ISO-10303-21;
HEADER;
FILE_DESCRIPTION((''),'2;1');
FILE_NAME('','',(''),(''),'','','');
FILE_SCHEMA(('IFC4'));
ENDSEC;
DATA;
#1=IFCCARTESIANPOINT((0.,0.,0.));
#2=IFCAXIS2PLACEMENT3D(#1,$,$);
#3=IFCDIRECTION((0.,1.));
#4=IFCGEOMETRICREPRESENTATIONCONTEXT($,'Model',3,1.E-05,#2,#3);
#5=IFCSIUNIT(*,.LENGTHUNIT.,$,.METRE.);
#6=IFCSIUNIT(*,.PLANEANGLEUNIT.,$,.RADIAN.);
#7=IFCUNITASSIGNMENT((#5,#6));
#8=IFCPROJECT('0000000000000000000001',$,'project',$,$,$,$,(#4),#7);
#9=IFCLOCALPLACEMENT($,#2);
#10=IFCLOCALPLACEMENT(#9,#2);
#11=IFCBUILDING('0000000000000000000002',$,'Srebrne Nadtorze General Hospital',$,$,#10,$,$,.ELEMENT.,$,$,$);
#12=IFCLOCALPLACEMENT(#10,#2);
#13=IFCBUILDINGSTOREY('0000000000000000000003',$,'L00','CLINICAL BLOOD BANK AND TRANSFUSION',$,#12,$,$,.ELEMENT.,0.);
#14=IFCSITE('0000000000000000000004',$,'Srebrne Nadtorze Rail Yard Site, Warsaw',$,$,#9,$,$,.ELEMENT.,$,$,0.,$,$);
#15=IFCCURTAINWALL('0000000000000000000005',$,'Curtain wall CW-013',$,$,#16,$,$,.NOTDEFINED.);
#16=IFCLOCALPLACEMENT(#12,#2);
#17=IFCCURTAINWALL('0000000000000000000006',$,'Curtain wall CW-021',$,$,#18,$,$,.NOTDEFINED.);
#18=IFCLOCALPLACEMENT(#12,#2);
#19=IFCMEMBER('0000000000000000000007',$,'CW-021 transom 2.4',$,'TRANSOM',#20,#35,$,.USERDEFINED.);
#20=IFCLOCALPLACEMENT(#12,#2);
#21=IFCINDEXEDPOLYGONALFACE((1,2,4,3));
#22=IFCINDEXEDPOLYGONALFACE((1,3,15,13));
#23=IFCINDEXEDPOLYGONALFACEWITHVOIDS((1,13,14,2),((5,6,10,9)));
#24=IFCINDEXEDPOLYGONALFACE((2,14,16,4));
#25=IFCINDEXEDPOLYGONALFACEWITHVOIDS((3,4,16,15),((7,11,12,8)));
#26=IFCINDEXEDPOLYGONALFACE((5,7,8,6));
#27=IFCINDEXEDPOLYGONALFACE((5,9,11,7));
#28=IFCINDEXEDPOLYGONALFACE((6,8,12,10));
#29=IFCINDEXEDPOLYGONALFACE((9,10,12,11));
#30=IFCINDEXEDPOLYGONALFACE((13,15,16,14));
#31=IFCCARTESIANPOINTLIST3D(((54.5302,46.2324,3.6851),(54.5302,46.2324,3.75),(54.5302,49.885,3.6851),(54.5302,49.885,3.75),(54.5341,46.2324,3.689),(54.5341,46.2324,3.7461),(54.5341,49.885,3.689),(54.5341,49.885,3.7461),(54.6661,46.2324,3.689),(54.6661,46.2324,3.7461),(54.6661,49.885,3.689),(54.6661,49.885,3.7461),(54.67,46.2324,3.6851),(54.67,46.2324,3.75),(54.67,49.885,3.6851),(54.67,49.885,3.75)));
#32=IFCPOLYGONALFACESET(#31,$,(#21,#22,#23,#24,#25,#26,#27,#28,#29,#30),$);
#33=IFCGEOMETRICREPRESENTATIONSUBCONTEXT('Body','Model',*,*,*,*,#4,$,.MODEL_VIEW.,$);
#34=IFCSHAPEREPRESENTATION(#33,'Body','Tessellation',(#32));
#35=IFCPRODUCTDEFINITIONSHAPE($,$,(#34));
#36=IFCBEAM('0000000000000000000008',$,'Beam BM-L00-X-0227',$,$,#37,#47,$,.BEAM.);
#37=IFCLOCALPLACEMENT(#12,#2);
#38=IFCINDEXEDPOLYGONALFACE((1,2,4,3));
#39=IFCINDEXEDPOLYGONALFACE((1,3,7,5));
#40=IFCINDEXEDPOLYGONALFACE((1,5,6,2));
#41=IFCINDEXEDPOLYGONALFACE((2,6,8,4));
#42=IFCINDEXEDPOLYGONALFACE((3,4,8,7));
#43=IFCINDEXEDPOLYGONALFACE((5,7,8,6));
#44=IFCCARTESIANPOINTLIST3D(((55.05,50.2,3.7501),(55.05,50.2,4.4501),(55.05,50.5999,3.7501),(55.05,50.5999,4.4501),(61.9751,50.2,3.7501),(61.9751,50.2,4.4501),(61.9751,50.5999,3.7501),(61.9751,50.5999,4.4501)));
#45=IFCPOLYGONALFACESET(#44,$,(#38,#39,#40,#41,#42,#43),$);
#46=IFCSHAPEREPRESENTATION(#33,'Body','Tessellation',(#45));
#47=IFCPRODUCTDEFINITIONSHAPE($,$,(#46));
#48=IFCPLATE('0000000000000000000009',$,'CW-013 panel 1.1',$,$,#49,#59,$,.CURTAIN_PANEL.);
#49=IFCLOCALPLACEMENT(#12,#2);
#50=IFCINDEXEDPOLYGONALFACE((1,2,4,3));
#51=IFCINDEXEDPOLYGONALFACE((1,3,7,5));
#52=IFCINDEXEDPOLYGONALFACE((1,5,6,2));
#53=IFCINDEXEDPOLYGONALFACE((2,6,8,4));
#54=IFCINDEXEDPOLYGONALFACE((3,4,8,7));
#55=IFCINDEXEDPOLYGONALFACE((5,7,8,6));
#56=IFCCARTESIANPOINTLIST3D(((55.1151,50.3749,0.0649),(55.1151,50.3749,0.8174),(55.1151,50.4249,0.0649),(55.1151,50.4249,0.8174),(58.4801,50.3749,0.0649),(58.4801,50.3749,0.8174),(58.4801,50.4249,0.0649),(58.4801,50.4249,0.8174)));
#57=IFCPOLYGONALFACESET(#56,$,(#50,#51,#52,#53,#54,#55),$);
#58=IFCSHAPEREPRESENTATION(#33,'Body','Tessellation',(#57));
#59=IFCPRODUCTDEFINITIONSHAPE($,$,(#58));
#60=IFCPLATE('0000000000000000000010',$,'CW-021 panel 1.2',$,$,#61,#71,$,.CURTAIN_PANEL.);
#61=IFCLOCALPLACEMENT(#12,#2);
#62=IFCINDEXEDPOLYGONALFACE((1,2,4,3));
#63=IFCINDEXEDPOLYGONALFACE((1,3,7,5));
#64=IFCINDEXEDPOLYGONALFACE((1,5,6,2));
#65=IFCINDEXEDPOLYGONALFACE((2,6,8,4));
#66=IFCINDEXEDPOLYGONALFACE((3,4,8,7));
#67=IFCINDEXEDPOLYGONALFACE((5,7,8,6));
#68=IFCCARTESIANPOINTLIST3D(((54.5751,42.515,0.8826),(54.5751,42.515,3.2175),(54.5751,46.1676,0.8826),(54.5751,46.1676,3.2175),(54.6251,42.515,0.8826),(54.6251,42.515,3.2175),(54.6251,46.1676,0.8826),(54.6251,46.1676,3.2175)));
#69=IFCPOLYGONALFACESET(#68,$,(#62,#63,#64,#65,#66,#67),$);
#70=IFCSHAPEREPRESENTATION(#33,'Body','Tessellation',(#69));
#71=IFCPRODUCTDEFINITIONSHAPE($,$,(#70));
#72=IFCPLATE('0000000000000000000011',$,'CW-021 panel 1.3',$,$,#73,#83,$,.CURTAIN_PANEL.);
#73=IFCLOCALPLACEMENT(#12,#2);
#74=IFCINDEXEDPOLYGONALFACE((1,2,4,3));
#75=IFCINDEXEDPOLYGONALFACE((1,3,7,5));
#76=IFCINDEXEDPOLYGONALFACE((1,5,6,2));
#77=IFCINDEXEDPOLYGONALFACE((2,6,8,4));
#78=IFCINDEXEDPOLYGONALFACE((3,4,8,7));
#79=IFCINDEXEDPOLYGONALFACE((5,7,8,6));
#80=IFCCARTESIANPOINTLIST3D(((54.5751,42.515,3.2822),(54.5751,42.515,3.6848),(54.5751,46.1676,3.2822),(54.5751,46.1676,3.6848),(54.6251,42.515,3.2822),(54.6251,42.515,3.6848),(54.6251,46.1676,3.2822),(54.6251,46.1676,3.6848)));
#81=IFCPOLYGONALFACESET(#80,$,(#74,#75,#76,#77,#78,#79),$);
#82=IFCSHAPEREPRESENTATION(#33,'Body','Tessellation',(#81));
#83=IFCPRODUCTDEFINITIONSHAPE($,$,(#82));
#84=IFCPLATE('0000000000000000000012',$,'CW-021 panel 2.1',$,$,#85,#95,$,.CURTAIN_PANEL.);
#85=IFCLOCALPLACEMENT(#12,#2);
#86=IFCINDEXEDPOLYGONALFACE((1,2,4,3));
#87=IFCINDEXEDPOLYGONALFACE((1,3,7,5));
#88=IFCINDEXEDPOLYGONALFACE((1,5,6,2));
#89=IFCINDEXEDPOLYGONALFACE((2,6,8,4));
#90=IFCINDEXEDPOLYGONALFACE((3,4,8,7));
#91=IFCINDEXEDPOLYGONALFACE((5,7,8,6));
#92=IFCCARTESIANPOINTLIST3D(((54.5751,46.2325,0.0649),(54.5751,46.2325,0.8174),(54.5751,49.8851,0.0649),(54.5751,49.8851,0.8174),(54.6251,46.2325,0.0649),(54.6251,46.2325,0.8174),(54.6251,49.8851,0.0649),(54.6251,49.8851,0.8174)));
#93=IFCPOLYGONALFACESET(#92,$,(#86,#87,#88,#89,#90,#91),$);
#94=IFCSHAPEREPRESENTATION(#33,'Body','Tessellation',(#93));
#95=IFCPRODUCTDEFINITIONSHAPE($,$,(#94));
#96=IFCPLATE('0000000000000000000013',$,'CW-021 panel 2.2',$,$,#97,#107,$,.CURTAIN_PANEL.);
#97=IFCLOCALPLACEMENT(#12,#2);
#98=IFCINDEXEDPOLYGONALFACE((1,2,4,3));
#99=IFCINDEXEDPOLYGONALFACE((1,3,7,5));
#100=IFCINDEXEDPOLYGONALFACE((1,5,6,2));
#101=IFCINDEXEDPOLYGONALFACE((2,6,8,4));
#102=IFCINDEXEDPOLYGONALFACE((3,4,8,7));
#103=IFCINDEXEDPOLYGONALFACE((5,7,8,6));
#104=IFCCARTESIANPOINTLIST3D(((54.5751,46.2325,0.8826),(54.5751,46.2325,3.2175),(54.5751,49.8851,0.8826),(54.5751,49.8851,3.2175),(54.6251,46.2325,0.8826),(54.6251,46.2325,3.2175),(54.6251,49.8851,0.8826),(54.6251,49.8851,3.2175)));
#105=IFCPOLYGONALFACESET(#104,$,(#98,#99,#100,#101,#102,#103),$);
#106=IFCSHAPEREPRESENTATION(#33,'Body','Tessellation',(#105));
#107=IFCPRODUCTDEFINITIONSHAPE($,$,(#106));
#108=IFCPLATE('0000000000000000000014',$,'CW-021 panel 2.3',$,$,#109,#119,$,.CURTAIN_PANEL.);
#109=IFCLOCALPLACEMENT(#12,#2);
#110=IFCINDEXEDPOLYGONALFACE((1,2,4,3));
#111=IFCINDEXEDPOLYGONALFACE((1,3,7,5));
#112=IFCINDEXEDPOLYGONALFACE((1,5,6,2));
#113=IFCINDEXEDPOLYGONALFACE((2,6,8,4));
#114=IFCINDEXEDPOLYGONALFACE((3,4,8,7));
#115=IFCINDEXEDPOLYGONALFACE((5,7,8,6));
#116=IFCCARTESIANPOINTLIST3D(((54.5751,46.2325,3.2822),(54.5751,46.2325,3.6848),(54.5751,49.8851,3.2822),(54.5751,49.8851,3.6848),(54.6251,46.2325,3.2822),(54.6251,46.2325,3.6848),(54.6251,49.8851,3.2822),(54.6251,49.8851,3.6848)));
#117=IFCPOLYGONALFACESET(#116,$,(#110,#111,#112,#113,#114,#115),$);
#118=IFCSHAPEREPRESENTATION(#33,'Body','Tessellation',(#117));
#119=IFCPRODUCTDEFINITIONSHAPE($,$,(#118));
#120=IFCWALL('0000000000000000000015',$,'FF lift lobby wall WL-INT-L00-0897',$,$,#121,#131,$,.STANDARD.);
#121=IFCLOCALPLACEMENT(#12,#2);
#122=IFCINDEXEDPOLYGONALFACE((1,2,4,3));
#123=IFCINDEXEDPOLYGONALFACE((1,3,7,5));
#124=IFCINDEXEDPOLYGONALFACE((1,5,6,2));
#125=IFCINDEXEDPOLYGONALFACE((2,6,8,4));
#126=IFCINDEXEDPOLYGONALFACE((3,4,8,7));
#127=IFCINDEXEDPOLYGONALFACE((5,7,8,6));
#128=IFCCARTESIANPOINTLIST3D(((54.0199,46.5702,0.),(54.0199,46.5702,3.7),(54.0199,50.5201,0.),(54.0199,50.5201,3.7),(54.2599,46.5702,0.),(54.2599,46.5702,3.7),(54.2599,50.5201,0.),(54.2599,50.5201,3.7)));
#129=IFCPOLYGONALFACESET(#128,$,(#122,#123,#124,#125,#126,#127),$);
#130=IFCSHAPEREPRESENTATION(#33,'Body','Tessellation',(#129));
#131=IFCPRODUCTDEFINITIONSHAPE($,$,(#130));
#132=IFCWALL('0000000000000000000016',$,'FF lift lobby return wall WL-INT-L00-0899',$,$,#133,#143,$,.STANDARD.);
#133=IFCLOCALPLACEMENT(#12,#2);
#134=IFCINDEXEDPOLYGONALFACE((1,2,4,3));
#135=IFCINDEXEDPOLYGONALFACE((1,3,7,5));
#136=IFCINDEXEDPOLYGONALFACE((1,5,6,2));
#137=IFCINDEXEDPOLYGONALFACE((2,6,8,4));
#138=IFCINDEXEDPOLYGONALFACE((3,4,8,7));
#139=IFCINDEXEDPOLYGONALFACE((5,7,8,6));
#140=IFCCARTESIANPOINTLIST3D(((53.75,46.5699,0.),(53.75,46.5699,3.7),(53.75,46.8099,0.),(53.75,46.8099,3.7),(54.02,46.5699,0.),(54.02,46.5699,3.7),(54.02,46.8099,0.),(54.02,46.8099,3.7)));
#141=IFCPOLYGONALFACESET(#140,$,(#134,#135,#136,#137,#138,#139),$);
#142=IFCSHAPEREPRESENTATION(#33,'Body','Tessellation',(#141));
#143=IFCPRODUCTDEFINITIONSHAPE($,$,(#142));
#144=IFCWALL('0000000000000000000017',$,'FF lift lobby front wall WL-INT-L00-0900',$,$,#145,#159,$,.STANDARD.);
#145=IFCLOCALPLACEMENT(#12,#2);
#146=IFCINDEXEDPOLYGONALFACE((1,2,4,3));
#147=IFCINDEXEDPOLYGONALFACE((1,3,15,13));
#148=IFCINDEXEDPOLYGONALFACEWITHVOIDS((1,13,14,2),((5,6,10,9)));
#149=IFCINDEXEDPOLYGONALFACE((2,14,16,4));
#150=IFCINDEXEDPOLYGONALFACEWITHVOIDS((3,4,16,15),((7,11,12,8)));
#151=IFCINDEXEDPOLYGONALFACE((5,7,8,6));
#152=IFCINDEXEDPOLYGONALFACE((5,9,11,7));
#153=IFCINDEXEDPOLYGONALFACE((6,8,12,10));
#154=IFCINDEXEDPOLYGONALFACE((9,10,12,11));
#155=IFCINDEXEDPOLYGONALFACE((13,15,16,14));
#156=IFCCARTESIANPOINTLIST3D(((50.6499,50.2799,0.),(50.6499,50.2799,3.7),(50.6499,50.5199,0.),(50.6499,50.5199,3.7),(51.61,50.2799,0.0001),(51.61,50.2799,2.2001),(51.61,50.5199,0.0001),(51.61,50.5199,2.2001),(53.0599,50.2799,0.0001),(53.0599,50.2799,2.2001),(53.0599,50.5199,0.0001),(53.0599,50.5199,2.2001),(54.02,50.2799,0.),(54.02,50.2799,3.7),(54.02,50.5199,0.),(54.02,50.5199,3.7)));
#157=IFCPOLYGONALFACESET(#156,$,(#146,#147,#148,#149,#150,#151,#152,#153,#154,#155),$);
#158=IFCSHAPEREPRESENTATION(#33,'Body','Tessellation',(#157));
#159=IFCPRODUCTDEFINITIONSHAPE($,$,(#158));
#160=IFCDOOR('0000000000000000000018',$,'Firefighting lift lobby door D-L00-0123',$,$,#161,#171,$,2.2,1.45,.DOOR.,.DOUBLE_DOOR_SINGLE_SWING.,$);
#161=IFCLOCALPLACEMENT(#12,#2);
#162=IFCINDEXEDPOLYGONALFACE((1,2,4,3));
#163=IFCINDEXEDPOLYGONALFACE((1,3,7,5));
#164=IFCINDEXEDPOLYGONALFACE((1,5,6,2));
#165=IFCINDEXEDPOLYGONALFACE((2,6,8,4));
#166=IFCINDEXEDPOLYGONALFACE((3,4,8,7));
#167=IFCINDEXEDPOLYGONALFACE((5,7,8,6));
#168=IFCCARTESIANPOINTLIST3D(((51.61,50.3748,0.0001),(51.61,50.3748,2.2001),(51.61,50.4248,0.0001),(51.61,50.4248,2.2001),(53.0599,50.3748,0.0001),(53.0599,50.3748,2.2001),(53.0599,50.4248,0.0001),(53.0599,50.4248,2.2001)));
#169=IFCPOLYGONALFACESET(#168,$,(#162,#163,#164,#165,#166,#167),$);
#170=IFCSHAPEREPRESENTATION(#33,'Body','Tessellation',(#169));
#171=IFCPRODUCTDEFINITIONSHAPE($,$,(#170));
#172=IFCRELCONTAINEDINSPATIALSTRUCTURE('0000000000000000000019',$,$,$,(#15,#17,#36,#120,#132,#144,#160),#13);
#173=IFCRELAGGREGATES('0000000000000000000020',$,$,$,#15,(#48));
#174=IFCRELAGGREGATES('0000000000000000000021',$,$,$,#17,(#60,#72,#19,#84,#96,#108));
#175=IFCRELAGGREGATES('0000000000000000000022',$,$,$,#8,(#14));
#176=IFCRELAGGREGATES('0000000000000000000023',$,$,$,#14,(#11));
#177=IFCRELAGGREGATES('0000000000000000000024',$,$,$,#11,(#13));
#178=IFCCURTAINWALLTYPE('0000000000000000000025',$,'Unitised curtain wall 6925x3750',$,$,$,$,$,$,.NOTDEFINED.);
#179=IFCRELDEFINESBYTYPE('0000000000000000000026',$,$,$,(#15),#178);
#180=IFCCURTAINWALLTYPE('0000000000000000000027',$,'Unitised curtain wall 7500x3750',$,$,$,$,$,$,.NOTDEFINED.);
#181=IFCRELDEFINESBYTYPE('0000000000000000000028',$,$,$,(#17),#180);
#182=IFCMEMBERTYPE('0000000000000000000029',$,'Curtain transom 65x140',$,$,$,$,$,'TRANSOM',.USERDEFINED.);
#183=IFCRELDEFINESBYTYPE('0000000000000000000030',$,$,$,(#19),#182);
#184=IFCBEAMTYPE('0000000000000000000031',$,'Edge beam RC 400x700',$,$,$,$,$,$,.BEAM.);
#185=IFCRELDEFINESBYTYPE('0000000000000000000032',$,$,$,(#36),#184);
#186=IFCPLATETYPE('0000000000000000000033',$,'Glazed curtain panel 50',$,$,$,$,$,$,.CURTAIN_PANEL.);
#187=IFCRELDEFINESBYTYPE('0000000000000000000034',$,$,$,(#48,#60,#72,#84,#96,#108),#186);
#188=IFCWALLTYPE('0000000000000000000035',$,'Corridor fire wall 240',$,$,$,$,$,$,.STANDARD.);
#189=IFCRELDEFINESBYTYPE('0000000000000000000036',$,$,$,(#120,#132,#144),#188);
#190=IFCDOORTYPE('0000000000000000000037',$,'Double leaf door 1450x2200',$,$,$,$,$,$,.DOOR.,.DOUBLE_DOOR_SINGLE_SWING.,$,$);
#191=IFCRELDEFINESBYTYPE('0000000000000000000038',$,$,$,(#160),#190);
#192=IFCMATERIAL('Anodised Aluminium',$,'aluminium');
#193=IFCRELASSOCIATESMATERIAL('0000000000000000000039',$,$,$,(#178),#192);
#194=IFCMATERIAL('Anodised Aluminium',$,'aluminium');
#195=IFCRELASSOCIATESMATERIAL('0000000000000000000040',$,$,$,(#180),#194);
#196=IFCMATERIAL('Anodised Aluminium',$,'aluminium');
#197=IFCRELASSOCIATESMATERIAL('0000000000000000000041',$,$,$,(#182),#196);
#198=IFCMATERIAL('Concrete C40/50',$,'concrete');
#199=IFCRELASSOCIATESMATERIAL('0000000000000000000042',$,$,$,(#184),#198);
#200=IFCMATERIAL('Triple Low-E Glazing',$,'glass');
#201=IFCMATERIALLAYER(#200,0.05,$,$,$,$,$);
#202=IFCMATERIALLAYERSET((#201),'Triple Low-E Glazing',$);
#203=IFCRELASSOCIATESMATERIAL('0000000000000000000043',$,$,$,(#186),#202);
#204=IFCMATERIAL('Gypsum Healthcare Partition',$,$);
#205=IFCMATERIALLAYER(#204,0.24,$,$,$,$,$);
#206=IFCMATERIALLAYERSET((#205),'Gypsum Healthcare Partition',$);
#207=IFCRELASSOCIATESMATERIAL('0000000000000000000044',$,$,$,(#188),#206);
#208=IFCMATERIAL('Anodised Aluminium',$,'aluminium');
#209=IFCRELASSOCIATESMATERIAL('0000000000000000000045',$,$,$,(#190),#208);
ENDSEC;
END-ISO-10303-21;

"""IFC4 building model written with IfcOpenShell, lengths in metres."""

from ifc_helpers import new_model, si_unit, direction, frame, frame_2d, origin, origin_2d, place, context, subcontext, project, spatial, rectangle, hollow_rectangle, extrude, material, layer, layer_set, material_profile, profile_set, type_object, element, fill, aggregate, save


model = new_model("IFC4")

# Units and contexts
model_context = context("Model", 3, precision=1e-05, world=origin(), true_north=direction((0.0, 1.0)))
body_context = subcontext(model_context, "Body", "Model", "MODEL_VIEW")
ifc_project = project(units=[si_unit("LENGTHUNIT", "METRE"), si_unit("PLANEANGLEUNIT", "RADIAN")], contexts=[model_context])

# Site, building, storey
site_placement = place(None, origin())
site = spatial("IfcSite", under=ifc_project, at=site_placement, Name="Srebrne Nadtorze Rail Yard Site, Warsaw", CompositionType="ELEMENT", RefElevation=0.0)
building_placement = place(site_placement, origin())
building = spatial("IfcBuilding", under=site, at=building_placement, Name="Srebrne Nadtorze General Hospital", CompositionType="ELEMENT")
storey_placement = place(building_placement, origin())
storey = spatial("IfcBuildingStorey", under=building, at=storey_placement, Name="L00", Description="CLINICAL BLOOD BANK AND TRANSFUSION", CompositionType="ELEMENT", Elevation=0.0)

# Curtain wall
ifc_material_1 = material(Name="Anodised Aluminium", Category="aluminium")
curtain_wall_type_1 = type_object("IfcCurtainWallType", Name="Unitised curtain wall 6925x3750", PredefinedType="NOTDEFINED", material=ifc_material_1)
curtain_wall_1_placement = place(storey_placement, origin())
curtain_wall_1 = element("IfcCurtainWall", 1, at=curtain_wall_1_placement, inside=storey, type_object=curtain_wall_type_1, Name="Curtain wall CW-013", PredefinedType="NOTDEFINED")

# Curtain wall
ifc_material_2 = material(Name="Anodised Aluminium", Category="aluminium")
curtain_wall_type_2 = type_object("IfcCurtainWallType", Name="Unitised curtain wall 7500x3750", PredefinedType="NOTDEFINED", material=ifc_material_2)
curtain_wall_2_placement = place(storey_placement, origin())
curtain_wall_2 = element("IfcCurtainWall", 2, at=curtain_wall_2_placement, inside=storey, type_object=curtain_wall_type_2, Name="Curtain wall CW-021", PredefinedType="NOTDEFINED")

# Member
ifc_material_3 = material(Name="Anodised Aluminium", Category="aluminium")
ifc_material_profile_1 = material_profile(ifc_material_3, hollow_rectangle(XDim=0.0649, YDim=0.1399, WallThickness=0.0039, at=origin_2d()), Name="AL-TRN-65x140")
ifc_profile_set_1 = profile_set([ifc_material_profile_1], Name="Anodised Aluminium")
member_type_1 = type_object("IfcMemberType", Name="Curtain transom 65x140", ElementType="TRANSOM", PredefinedType="USERDEFINED", material=ifc_profile_set_1)
member_1_placement = place(storey_placement, frame((54.6001, 46.2324, 3.7175), z_axis=(0.0, 1.0, 0.0), x_axis=(0.0, 0.0, 1.0)))
member_1 = element("IfcMember", 3, at=member_1_placement, type_object=member_type_1, Name="CW-021 transom 2.4", ObjectType="TRANSOM", PredefinedType="USERDEFINED", context=body_context, shape_type="SweptSolid", body=[
    extrude(hollow_rectangle(XDim=0.0649, YDim=0.1399, WallThickness=0.0039, at=origin_2d()), origin(), (0.0, 0.0, 1.0), 3.6526),
])

# Beam
ifc_material_4 = material(Name="Concrete C40/50", Category="concrete")
ifc_material_profile_2 = material_profile(ifc_material_4, rectangle(XDim=0.3999, YDim=0.7, at=origin_2d()), Name="RC-BM-400x700")
ifc_profile_set_2 = profile_set([ifc_material_profile_2], Name="Concrete C40/50")
beam_type = type_object("IfcBeamType", Name="Edge beam RC 400x700", PredefinedType="BEAM", material=ifc_profile_set_2)
beam_placement = place(storey_placement, frame((55.05, 50.3999, 4.1001), z_axis=(1.0, 0.0, 0.0), x_axis=(0.0, 1.0, 0.0)))
element("IfcBeam", 4, at=beam_placement, inside=storey, type_object=beam_type, Name="Beam BM-L00-X-0227", PredefinedType="BEAM", context=body_context, shape_type="SweptSolid", body=[
    extrude(rectangle(XDim=0.3999, YDim=0.7, at=origin_2d()), origin(), (0.0, 0.0, 1.0), 6.925),
])

# Plates
ifc_material_5 = material(Name="Triple Low-E Glazing", Category="glass")
ifc_layer_1 = layer(ifc_material_5, 0.05)
ifc_layer_set_1 = layer_set([ifc_layer_1], Name="Triple Low-E Glazing")
plate_type = type_object("IfcPlateType", Name="Glazed curtain panel 50", PredefinedType="CURTAIN_PANEL", material=ifc_layer_set_1)
plate_1_placement = place(storey_placement, frame((56.7976, 50.3999, 0.0649), z_axis=(0.0, 0.0, 1.0), x_axis=(1.0, 0.0, 0.0)))
plate_1 = element("IfcPlate", 5, at=plate_1_placement, type_object=plate_type, Name="CW-013 panel 1.1", PredefinedType="CURTAIN_PANEL", context=body_context, shape_type="SweptSolid", body=[
    extrude(rectangle(XDim=3.365, YDim=0.05, at=origin_2d()), origin(), (0.0, 0.0, 1.0), 0.7524),
])
aggregate(curtain_wall_1, [plate_1])
plate_2_placement = place(storey_placement, frame((54.6001, 44.3413, 0.8826), z_axis=(0.0, 0.0, 1.0), x_axis=(0.0, 1.0, 0.0)))
plate_2 = element("IfcPlate", 6, at=plate_2_placement, type_object=plate_type, Name="CW-021 panel 1.2", PredefinedType="CURTAIN_PANEL", context=body_context, shape_type="SweptSolid", body=[
    extrude(rectangle(XDim=3.6526, YDim=0.05, at=origin_2d()), origin(), (0.0, 0.0, 1.0), 2.335),
])
plate_3_placement = place(storey_placement, frame((54.6001, 44.3413, 3.2822), z_axis=(0.0, 0.0, 1.0), x_axis=(0.0, 1.0, 0.0)))
plate_3 = element("IfcPlate", 7, at=plate_3_placement, type_object=plate_type, Name="CW-021 panel 1.3", PredefinedType="CURTAIN_PANEL", context=body_context, shape_type="SweptSolid", body=[
    extrude(rectangle(XDim=3.6526, YDim=0.05, at=origin_2d()), origin(), (0.0, 0.0, 1.0), 0.4026),
])
plate_4_placement = place(storey_placement, frame((54.6001, 48.0588, 0.0649), z_axis=(0.0, 0.0, 1.0), x_axis=(0.0, 1.0, 0.0)))
plate_4 = element("IfcPlate", 8, at=plate_4_placement, type_object=plate_type, Name="CW-021 panel 2.1", PredefinedType="CURTAIN_PANEL", context=body_context, shape_type="SweptSolid", body=[
    extrude(rectangle(XDim=3.6526, YDim=0.05, at=origin_2d()), origin(), (0.0, 0.0, 1.0), 0.7524),
])
plate_5_placement = place(storey_placement, frame((54.6001, 48.0588, 0.8826), z_axis=(0.0, 0.0, 1.0), x_axis=(0.0, 1.0, 0.0)))
plate_5 = element("IfcPlate", 9, at=plate_5_placement, type_object=plate_type, Name="CW-021 panel 2.2", PredefinedType="CURTAIN_PANEL", context=body_context, shape_type="SweptSolid", body=[
    extrude(rectangle(XDim=3.6526, YDim=0.05, at=origin_2d()), origin(), (0.0, 0.0, 1.0), 2.335),
])
plate_6_placement = place(storey_placement, frame((54.6001, 48.0588, 3.2822), z_axis=(0.0, 0.0, 1.0), x_axis=(0.0, 1.0, 0.0)))
plate_6 = element("IfcPlate", 10, at=plate_6_placement, type_object=plate_type, Name="CW-021 panel 2.3", PredefinedType="CURTAIN_PANEL", context=body_context, shape_type="SweptSolid", body=[
    extrude(rectangle(XDim=3.6526, YDim=0.05, at=origin_2d()), origin(), (0.0, 0.0, 1.0), 0.4026),
])
aggregate(curtain_wall_2, [plate_2, plate_3, member_1, plate_4, plate_5, plate_6])

# Walls
ifc_material_6 = material(Name="Gypsum Healthcare Partition")
ifc_layer_2 = layer(ifc_material_6, 0.24)
ifc_layer_set_2 = layer_set([ifc_layer_2], Name="Gypsum Healthcare Partition")
wall_type_1 = type_object("IfcWallType", Name="Corridor fire wall 240", PredefinedType="STANDARD", material=ifc_layer_set_2)
wall_1_placement = place(storey_placement, frame((54.1399, 46.5701, 0.0), z_axis=(0.0, 0.0, 1.0), x_axis=(0.0, 1.0, 0.0)))
element("IfcWall", 11, at=wall_1_placement, inside=storey, type_object=wall_type_1, Name="FF lift lobby wall WL-INT-L00-0897", PredefinedType="STANDARD", context=body_context, shape_type="SweptSolid", body=[
    extrude(rectangle(XDim=3.95, YDim=0.24, at=frame_2d((1.9751, 0.0))), origin(), (0.0, 0.0, 1.0), 3.7),
])
wall_2_placement = place(storey_placement, frame((53.75, 46.6899, 0.0), z_axis=(0.0, 0.0, 1.0), x_axis=(1.0, 0.0, 0.0)))
element("IfcWall", 12, at=wall_2_placement, inside=storey, type_object=wall_type_1, Name="FF lift lobby return wall WL-INT-L00-0899", PredefinedType="STANDARD", context=body_context, shape_type="SweptSolid", body=[
    extrude(rectangle(XDim=0.27, YDim=0.24, at=frame_2d((0.135, 0.0))), origin(), (0.0, 0.0, 1.0), 3.7),
])

# Wall, opening, door
wall_3_placement = place(storey_placement, frame((50.6499, 50.3999, 0.0), z_axis=(0.0, 0.0, 1.0), x_axis=(1.0, 0.0, 0.0)))
wall_3 = element("IfcWall", 13, at=wall_3_placement, inside=storey, type_object=wall_type_1, Name="FF lift lobby front wall WL-INT-L00-0900", PredefinedType="STANDARD", context=body_context, shape_type="SweptSolid", body=[
    extrude(rectangle(XDim=3.3701, YDim=0.24, at=frame_2d((1.6851, 0.0))), origin(), (0.0, 0.0, 1.0), 3.7),
])
opening_1_placement = place(wall_3_placement, frame((0.96, 0.0, 0.0)))
opening_1 = element("IfcOpeningElement", 14, at=opening_1_placement, cuts=wall_3, PredefinedType="OPENING", context=body_context, shape_type="SweptSolid", body=[
    extrude(rectangle(XDim=1.45, YDim=2.2, at=frame_2d((0.7251, 1.1001))), frame((0.0, 0.1318, 0.0), z_axis=(0.0, -1.0, 0.0), x_axis=(1.0, 0.0, 0.0)), (0.0, 0.0, 1.0), 0.2639),
])
ifc_material_7 = material(Name="Anodised Aluminium", Category="aluminium")
door_type_1 = type_object("IfcDoorType", Name="Double leaf door 1450x2200", OperationType="DOUBLE_DOOR_SINGLE_SWING", PredefinedType="DOOR", material=ifc_material_7)
door_1_placement = place(opening_1_placement, origin())
door_1 = element("IfcDoor", 15, at=door_1_placement, inside=storey, type_object=door_type_1, Name="Firefighting lift lobby door D-L00-0123", OperationType="DOUBLE_DOOR_SINGLE_SWING", OverallHeight=2.2, OverallWidth=1.45, PredefinedType="DOOR", context=body_context, shape_type="SweptSolid", body=[
    extrude(rectangle(XDim=1.45, YDim=2.2, at=frame_2d((0.7251, 1.1001))), frame((0.0, 0.0249, 0.0), z_axis=(0.0, -1.0, 0.0), x_axis=(1.0, 0.0, 0.0)), (0.0, 0.0, 1.0), 0.05),
])
fill(opening_1, door_1)

save(model, "model.ifc")
